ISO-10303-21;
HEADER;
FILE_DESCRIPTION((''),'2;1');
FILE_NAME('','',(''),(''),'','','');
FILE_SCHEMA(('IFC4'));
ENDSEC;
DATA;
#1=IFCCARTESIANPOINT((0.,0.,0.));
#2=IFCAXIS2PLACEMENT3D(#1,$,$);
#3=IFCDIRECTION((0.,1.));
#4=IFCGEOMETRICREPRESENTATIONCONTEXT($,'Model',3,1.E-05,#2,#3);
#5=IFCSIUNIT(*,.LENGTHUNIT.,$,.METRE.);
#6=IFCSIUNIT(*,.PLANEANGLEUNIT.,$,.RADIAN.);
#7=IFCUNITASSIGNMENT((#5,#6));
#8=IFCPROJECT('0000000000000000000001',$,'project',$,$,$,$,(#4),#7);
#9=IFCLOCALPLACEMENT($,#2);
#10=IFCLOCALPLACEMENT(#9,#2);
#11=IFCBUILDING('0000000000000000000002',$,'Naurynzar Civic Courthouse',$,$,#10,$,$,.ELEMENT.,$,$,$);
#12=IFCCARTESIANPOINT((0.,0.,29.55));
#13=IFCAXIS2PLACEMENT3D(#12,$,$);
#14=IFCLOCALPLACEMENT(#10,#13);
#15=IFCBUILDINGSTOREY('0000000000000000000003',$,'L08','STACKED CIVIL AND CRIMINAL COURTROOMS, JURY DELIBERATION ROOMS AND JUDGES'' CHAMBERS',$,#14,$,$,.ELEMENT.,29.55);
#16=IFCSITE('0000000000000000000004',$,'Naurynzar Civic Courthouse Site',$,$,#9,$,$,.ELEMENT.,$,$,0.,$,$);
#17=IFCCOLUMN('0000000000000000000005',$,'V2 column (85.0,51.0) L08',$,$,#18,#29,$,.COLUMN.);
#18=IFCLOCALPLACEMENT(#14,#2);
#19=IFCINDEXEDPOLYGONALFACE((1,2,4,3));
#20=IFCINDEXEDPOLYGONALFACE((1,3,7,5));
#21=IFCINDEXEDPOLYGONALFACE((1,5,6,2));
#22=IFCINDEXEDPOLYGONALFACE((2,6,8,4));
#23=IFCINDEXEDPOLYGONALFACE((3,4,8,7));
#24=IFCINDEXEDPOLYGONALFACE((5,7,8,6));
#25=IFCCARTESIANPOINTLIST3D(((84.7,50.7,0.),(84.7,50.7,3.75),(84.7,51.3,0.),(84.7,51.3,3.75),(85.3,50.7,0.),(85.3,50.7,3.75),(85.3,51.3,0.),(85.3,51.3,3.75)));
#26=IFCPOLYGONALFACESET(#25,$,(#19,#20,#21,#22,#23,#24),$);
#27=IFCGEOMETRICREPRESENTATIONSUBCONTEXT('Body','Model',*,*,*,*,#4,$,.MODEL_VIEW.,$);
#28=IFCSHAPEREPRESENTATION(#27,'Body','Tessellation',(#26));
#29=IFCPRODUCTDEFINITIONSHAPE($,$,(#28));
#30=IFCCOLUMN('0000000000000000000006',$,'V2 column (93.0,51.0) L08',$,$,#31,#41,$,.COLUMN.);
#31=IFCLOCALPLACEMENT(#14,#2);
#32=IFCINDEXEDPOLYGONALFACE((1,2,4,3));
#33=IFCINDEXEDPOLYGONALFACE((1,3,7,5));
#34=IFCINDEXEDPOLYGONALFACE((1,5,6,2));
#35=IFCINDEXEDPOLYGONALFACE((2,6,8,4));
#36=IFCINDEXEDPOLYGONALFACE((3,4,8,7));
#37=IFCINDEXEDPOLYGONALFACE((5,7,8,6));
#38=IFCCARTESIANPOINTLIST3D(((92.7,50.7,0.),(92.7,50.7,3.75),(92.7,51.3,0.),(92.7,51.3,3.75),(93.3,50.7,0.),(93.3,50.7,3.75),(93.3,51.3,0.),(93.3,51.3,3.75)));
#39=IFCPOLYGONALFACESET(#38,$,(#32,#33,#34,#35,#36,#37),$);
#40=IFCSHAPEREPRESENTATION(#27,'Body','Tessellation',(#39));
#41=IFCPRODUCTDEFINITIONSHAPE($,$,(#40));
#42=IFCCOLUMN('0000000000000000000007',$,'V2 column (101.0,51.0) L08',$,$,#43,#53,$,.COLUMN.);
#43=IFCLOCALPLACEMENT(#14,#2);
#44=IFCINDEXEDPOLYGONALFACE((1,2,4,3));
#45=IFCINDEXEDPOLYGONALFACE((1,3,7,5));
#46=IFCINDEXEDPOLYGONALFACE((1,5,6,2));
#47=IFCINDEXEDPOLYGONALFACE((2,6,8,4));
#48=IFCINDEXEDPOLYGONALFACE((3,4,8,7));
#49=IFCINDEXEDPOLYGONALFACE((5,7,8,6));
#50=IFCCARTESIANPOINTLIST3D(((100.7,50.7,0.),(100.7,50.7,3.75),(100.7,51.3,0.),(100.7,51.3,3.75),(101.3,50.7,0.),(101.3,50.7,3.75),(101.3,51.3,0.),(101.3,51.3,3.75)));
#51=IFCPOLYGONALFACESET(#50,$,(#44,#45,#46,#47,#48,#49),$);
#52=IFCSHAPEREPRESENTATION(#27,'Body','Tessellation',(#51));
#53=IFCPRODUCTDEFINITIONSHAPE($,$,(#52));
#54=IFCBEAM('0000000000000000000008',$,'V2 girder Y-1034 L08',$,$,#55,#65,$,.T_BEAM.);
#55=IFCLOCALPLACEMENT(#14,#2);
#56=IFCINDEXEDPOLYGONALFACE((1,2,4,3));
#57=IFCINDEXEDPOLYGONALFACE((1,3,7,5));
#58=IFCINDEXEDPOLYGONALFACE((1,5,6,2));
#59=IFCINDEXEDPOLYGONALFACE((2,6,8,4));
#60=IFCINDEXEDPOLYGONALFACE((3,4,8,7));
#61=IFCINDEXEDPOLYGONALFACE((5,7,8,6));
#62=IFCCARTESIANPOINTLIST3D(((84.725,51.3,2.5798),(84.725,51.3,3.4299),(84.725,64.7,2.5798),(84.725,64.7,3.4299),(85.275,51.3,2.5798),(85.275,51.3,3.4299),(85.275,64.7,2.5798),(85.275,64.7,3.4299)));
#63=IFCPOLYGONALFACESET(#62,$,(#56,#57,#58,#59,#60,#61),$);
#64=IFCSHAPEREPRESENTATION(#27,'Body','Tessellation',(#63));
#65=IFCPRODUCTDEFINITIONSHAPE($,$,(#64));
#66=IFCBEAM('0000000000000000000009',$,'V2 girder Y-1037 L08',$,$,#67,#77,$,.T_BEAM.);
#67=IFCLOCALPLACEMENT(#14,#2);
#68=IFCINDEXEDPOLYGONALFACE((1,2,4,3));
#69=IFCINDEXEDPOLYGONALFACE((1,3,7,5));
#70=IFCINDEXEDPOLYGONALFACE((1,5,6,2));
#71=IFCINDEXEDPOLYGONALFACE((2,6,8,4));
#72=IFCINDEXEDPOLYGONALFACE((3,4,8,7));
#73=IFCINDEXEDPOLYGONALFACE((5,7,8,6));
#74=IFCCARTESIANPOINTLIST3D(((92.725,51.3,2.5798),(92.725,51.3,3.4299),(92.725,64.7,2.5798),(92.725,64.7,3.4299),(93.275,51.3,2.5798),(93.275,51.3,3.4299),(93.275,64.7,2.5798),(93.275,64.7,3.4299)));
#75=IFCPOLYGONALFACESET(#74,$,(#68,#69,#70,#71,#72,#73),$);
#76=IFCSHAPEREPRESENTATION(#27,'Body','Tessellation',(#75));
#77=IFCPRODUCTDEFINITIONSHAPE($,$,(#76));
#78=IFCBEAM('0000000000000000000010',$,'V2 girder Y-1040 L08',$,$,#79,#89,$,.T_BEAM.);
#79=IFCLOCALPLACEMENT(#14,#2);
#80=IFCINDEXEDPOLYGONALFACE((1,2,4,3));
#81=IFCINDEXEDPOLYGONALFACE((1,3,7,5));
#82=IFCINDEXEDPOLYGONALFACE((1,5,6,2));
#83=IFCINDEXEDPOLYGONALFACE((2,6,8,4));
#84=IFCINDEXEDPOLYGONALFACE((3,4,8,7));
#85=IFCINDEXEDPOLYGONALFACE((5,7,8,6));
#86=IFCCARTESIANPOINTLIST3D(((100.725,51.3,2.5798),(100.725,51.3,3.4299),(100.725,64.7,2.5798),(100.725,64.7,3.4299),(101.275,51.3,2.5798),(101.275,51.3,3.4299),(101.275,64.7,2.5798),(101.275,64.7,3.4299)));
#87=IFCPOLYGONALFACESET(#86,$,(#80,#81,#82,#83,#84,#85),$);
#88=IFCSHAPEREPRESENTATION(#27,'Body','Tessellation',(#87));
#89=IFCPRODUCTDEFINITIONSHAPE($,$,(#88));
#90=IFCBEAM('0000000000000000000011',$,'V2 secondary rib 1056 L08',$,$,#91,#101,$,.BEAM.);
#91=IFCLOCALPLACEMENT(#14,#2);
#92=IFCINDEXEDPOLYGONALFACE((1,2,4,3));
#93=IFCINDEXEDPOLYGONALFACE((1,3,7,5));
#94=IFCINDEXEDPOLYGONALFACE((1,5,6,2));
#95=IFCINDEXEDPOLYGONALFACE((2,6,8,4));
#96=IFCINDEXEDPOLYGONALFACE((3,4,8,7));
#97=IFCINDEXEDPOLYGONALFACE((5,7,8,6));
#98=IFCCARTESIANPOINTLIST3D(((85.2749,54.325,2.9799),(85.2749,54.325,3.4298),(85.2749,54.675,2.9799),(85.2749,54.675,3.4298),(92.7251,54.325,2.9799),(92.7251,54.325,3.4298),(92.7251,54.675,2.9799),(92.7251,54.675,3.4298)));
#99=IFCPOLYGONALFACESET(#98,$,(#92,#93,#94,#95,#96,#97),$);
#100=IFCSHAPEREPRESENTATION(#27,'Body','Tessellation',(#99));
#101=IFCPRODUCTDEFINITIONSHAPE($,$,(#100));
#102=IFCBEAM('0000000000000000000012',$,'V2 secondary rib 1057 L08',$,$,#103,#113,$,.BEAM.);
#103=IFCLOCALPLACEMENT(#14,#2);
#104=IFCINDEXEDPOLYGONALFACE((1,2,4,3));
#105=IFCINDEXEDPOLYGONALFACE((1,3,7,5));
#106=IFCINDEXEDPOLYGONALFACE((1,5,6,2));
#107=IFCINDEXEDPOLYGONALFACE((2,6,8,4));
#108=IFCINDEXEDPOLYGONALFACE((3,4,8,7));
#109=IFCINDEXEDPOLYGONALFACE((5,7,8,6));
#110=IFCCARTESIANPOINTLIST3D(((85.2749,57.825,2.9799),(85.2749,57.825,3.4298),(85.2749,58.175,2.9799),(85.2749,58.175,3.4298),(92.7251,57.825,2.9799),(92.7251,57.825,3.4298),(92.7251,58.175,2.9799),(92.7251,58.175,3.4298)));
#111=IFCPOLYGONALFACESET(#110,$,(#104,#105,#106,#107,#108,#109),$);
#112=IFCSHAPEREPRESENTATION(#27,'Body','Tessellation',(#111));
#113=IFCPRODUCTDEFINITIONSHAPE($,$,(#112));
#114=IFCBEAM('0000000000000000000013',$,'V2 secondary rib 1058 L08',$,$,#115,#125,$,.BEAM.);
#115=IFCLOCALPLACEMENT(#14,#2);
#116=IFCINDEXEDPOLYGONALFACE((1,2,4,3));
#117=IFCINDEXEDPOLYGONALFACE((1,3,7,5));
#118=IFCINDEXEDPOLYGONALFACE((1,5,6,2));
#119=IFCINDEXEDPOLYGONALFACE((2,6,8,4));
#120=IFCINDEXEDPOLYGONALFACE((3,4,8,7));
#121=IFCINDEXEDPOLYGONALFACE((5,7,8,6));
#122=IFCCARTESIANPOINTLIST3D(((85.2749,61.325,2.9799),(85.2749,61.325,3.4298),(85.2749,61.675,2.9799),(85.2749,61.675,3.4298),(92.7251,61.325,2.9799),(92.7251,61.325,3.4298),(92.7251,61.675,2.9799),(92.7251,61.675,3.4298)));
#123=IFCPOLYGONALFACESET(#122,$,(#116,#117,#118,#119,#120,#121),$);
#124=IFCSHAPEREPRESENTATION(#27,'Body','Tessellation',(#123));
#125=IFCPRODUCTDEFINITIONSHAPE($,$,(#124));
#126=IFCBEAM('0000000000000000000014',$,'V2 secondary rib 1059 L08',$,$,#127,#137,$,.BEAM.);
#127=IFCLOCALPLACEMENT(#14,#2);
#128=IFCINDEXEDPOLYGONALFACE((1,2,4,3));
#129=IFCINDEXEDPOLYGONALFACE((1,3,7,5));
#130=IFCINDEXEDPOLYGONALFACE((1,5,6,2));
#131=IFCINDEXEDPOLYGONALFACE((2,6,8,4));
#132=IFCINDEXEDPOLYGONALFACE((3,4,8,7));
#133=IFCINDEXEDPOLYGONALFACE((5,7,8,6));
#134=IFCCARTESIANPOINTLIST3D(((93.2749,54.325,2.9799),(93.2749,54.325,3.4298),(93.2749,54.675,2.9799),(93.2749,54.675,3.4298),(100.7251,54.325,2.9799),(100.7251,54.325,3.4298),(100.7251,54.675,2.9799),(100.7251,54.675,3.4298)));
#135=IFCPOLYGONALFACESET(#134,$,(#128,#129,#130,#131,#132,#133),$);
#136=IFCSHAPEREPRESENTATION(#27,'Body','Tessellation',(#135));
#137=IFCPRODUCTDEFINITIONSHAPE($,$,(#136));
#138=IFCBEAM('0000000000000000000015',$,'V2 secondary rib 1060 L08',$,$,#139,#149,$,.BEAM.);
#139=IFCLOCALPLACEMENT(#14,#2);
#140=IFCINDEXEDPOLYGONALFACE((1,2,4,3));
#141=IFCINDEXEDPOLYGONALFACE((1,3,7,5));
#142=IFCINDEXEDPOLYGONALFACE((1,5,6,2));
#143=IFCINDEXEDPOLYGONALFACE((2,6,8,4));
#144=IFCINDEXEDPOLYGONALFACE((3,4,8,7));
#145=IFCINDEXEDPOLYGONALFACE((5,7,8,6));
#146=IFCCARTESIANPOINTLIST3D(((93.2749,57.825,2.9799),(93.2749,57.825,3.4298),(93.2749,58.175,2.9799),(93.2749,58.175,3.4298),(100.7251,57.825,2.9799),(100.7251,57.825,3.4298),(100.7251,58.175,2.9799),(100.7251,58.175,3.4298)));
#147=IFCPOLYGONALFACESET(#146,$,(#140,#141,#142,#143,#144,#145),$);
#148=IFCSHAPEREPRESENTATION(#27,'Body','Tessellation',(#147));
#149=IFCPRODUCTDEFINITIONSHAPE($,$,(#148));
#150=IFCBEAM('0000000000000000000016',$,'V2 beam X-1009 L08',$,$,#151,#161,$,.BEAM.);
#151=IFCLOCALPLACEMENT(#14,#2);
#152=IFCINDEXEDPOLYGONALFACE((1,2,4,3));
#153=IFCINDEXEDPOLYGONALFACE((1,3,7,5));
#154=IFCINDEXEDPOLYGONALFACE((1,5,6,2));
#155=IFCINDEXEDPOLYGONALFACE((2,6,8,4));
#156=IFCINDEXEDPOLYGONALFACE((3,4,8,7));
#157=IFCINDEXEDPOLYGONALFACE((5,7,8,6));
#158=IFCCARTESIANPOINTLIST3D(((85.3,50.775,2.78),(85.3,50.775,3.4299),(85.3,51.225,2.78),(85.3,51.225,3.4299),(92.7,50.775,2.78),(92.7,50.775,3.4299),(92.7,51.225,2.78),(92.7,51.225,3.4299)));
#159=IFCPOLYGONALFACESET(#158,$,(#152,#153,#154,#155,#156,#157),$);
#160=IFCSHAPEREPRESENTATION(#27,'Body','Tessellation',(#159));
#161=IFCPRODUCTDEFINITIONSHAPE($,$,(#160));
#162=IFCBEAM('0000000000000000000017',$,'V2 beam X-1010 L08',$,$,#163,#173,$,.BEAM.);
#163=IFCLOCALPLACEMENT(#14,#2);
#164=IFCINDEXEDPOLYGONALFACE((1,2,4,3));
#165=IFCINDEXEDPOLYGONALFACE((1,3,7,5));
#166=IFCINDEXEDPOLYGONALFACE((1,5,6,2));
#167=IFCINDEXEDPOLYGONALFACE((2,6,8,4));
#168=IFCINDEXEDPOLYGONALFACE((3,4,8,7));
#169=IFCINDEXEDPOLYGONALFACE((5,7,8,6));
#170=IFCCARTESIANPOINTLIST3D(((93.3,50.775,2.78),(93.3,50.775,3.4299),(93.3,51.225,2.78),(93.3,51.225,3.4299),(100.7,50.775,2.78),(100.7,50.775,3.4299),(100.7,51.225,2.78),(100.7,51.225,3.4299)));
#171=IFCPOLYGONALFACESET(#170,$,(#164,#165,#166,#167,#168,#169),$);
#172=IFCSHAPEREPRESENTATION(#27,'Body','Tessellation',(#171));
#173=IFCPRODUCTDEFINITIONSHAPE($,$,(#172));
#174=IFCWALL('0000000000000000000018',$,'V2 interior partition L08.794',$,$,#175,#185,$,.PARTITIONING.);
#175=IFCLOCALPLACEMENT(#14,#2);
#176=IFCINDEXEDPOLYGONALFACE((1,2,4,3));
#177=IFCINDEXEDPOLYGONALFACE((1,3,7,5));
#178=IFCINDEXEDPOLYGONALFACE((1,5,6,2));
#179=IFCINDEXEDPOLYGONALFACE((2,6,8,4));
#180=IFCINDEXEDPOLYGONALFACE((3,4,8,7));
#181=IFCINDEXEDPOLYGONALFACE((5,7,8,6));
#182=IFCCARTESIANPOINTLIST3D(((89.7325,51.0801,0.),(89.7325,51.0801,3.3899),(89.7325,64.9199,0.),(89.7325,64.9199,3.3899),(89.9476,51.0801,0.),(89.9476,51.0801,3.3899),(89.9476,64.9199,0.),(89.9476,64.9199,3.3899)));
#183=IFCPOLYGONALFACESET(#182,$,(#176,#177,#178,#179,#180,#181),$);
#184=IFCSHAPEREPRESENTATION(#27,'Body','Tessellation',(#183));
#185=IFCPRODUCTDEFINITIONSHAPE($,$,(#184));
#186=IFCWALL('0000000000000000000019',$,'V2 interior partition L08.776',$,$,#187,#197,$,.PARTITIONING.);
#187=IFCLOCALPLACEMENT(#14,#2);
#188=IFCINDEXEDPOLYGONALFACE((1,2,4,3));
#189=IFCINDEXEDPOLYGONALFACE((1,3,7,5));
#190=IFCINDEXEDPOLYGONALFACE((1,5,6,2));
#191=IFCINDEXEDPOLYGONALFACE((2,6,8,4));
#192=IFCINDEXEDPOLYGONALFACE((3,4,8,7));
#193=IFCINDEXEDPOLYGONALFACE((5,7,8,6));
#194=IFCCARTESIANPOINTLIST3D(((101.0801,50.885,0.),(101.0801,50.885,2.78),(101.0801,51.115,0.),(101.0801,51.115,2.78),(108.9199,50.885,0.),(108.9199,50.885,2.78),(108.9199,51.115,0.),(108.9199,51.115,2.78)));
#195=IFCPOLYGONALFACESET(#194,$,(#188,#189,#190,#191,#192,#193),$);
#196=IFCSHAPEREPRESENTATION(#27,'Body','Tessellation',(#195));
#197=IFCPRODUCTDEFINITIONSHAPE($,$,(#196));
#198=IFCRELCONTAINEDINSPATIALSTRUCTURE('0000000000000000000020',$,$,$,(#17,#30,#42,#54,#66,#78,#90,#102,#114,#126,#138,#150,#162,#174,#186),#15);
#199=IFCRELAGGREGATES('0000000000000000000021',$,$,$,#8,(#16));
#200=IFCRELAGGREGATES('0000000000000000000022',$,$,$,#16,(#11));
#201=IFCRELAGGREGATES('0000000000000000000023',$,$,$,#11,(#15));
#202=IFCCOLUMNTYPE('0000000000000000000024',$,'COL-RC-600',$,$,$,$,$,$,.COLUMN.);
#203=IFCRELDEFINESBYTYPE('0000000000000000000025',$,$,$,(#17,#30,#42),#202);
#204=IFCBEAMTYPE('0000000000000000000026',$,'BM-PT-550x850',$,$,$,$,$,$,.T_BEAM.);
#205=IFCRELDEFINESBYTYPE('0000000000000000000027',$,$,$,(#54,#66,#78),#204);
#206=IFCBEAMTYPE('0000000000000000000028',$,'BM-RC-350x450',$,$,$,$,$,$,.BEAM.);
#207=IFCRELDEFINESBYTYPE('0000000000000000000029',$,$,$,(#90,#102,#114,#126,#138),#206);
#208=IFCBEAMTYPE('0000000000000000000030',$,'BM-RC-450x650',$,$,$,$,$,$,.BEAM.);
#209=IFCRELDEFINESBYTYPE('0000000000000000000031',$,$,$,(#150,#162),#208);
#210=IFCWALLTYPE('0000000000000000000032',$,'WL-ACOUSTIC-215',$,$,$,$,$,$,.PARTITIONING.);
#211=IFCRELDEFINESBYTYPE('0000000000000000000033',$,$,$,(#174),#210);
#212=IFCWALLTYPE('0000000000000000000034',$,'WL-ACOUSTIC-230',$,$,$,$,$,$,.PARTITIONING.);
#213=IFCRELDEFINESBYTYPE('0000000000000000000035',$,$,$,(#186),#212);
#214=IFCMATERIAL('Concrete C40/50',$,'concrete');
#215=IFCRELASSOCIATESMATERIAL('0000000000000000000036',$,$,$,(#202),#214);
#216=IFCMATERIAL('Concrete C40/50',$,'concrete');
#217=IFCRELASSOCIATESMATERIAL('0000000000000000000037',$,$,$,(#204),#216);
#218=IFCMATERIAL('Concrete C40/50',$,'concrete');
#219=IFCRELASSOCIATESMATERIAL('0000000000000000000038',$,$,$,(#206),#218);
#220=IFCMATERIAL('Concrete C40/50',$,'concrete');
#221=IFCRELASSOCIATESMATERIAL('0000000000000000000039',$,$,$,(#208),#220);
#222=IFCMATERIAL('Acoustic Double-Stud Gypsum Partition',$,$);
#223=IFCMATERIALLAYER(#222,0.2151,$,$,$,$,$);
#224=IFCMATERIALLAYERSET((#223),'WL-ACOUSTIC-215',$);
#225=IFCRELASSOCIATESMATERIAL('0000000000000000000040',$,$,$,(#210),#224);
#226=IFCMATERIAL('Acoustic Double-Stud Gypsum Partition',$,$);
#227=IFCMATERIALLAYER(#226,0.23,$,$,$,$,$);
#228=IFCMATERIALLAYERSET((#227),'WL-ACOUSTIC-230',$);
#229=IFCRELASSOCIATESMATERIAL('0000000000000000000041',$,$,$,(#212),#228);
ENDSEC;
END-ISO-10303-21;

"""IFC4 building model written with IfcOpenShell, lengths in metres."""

from ifc_helpers import new_model, si_unit, direction, frame, frame_2d, origin, origin_2d, place, context, subcontext, project, spatial, rectangle, extrude, material, layer, layer_set, material_profile, profile_set, type_object, element, save


model = new_model("IFC4")

# Units and contexts
model_context = context("Model", 3, precision=1e-05, world=origin(), true_north=direction((0.0, 1.0)))
body_context = subcontext(model_context, "Body", "Model", "MODEL_VIEW")
ifc_project = project(units=[si_unit("LENGTHUNIT", "METRE"), si_unit("PLANEANGLEUNIT", "RADIAN")], contexts=[model_context])

# Site, building, storey
site_placement = place(None, origin())
site = spatial("IfcSite", under=ifc_project, at=site_placement, Name="Naurynzar Civic Courthouse Site", CompositionType="ELEMENT", RefElevation=0.0)
building_placement = place(site_placement, origin())
building = spatial("IfcBuilding", under=site, at=building_placement, Name="Naurynzar Civic Courthouse", CompositionType="ELEMENT")
storey_placement = place(building_placement, frame((0.0, 0.0, 29.55)))
storey = spatial("IfcBuildingStorey", under=building, at=storey_placement, Name="L08", Description="STACKED CIVIL AND CRIMINAL COURTROOMS, JURY DELIBERATION ROOMS AND JUDGES' CHAMBERS", CompositionType="ELEMENT", Elevation=29.55)

# Columns
ifc_material_1 = material(Name="Concrete C40/50", Category="concrete")
ifc_material_profile_1 = material_profile(ifc_material_1, rectangle(XDim=0.6001, YDim=0.6001, at=origin_2d()), Name="RC 600x600")
ifc_profile_set_1 = profile_set([ifc_material_profile_1], Name="Concrete C40/50")
column_type = type_object("IfcColumnType", Name="COL-RC-600", PredefinedType="COLUMN", material=ifc_profile_set_1)
for number, where, z_axis, x_axis, name in (
    (1, (85.0, 51.0, 0.0), (0.0, 0.0, 1.0), (1.0, 0.0, 0.0), "V2 column (85.0,51.0) L08"),
    (2, (93.0, 51.0, 0.0), (0.0, 0.0, 1.0), (1.0, 0.0, 0.0), "V2 column (93.0,51.0) L08"),
    (3, (101.0, 51.0, 0.0), (0.0, 0.0, 1.0), (1.0, 0.0, 0.0), "V2 column (101.0,51.0) L08"),
):
    element("IfcColumn", number, at=place(storey_placement, frame(where, z_axis=z_axis, x_axis=x_axis)), inside=storey, type_object=column_type, Name=name, PredefinedType="COLUMN", context=body_context, shape_type="SweptSolid", body=[
        extrude(rectangle(XDim=0.6001, YDim=0.6001, at=origin_2d()), origin(), (0.0, 0.0, 1.0), 3.75),
    ])

# Beams
ifc_material_2 = material(Name="Concrete C40/50", Category="concrete")
ifc_material_profile_2 = material_profile(ifc_material_2, rectangle(XDim=0.55, YDim=0.8501, at=origin_2d()), Name="PTB 550x850")
ifc_profile_set_2 = profile_set([ifc_material_profile_2], Name="Concrete C40/50")
beam_type_1 = type_object("IfcBeamType", Name="BM-PT-550x850", PredefinedType="T_BEAM", material=ifc_profile_set_2)
for number, where, z_axis, x_axis, name in (
    (4, (85.0, 51.3, 3.0049), (0.0, 1.0, 0.0), (-1.0, 0.0, 0.0), "V2 girder Y-1034 L08"),
    (5, (93.0, 51.3, 3.0049), (0.0, 1.0, 0.0), (-1.0, 0.0, 0.0), "V2 girder Y-1037 L08"),
    (6, (101.0, 51.3, 3.0049), (0.0, 1.0, 0.0), (-1.0, 0.0, 0.0), "V2 girder Y-1040 L08"),
):
    element("IfcBeam", number, at=place(storey_placement, frame(where, z_axis=z_axis, x_axis=x_axis)), inside=storey, type_object=beam_type_1, Name=name, PredefinedType="T_BEAM", context=body_context, shape_type="SweptSolid", body=[
        extrude(rectangle(XDim=0.55, YDim=0.8501, at=origin_2d()), origin(), (0.0, 0.0, 1.0), 13.3999),
    ])
ifc_material_3 = material(Name="Concrete C40/50", Category="concrete")
ifc_material_profile_3 = material_profile(ifc_material_3, rectangle(XDim=0.3501, YDim=0.45, at=origin_2d()), Name="RCB 350x450")
ifc_profile_set_3 = profile_set([ifc_material_profile_3], Name="Concrete C40/50")
beam_type_2 = type_object("IfcBeamType", Name="BM-RC-350x450", PredefinedType="BEAM", material=ifc_profile_set_3)
for number, where, z_axis, x_axis, name in (
    (7, (85.2749, 54.5, 3.2048), (1.0, 0.0, 0.0), (0.0, 1.0, 0.0), "V2 secondary rib 1056 L08"),
    (8, (85.2749, 58.0, 3.2048), (1.0, 0.0, 0.0), (0.0, 1.0, 0.0), "V2 secondary rib 1057 L08"),
    (9, (85.2749, 61.5, 3.2048), (1.0, 0.0, 0.0), (0.0, 1.0, 0.0), "V2 secondary rib 1058 L08"),
    (10, (93.2749, 54.5, 3.2048), (1.0, 0.0, 0.0), (0.0, 1.0, 0.0), "V2 secondary rib 1059 L08"),
    (11, (93.2749, 58.0, 3.2048), (1.0, 0.0, 0.0), (0.0, 1.0, 0.0), "V2 secondary rib 1060 L08"),
):
    element("IfcBeam", number, at=place(storey_placement, frame(where, z_axis=z_axis, x_axis=x_axis)), inside=storey, type_object=beam_type_2, Name=name, PredefinedType="BEAM", context=body_context, shape_type="SweptSolid", body=[
        extrude(rectangle(XDim=0.3501, YDim=0.45, at=origin_2d()), origin(), (0.0, 0.0, 1.0), 7.4502),
    ])
ifc_material_4 = material(Name="Concrete C40/50", Category="concrete")
ifc_material_profile_4 = material_profile(ifc_material_4, rectangle(XDim=0.45, YDim=0.6499, at=origin_2d()), Name="RCB 450x650")
ifc_profile_set_4 = profile_set([ifc_material_profile_4], Name="Concrete C40/50")
beam_type_3 = type_object("IfcBeamType", Name="BM-RC-450x650", PredefinedType="BEAM", material=ifc_profile_set_4)
for number, where, z_axis, x_axis, name in (
    (12, (85.3, 51.0, 3.105), (1.0, 0.0, 0.0), (0.0, 1.0, 0.0), "V2 beam X-1009 L08"),
    (13, (93.3, 51.0, 3.105), (1.0, 0.0, 0.0), (0.0, 1.0, 0.0), "V2 beam X-1010 L08"),
):
    element("IfcBeam", number, at=place(storey_placement, frame(where, z_axis=z_axis, x_axis=x_axis)), inside=storey, type_object=beam_type_3, Name=name, PredefinedType="BEAM", context=body_context, shape_type="SweptSolid", body=[
        extrude(rectangle(XDim=0.45, YDim=0.6499, at=origin_2d()), origin(), (0.0, 0.0, 1.0), 7.3999),
    ])

# Walls
ifc_material_5 = material(Name="Acoustic Double-Stud Gypsum Partition")
ifc_layer_1 = layer(ifc_material_5, 0.2151)
ifc_layer_set_1 = layer_set([ifc_layer_1], Name="WL-ACOUSTIC-215")
wall_type_1 = type_object("IfcWallType", Name="WL-ACOUSTIC-215", PredefinedType="PARTITIONING", material=ifc_layer_set_1)
wall_1_placement = place(storey_placement, frame((89.8401, 51.0801, 0.0), z_axis=(0.0, 0.0, 1.0), x_axis=(0.0, 1.0, 0.0)))
element("IfcWall", 14, at=wall_1_placement, inside=storey, type_object=wall_type_1, Name="V2 interior partition L08.794", PredefinedType="PARTITIONING", context=body_context, shape_type="SweptSolid", body=[
    extrude(rectangle(XDim=13.8398, YDim=0.2151, at=frame_2d((6.9199, 0.0))), origin(), (0.0, 0.0, 1.0), 3.3899),
])
ifc_material_6 = material(Name="Acoustic Double-Stud Gypsum Partition")
ifc_layer_2 = layer(ifc_material_6, 0.23)
ifc_layer_set_2 = layer_set([ifc_layer_2], Name="WL-ACOUSTIC-230")
wall_type_2 = type_object("IfcWallType", Name="WL-ACOUSTIC-230", PredefinedType="PARTITIONING", material=ifc_layer_set_2)
wall_2_placement = place(storey_placement, frame((101.0801, 51.0, 0.0), z_axis=(0.0, 0.0, 1.0), x_axis=(1.0, 0.0, 0.0)))
element("IfcWall", 15, at=wall_2_placement, inside=storey, type_object=wall_type_2, Name="V2 interior partition L08.776", PredefinedType="PARTITIONING", context=body_context, shape_type="SweptSolid", body=[
    extrude(rectangle(XDim=7.8398, YDim=0.23, at=frame_2d((3.9199, 0.0))), origin(), (0.0, 0.0, 1.0), 2.78),
])

save(model, "model.ifc")
